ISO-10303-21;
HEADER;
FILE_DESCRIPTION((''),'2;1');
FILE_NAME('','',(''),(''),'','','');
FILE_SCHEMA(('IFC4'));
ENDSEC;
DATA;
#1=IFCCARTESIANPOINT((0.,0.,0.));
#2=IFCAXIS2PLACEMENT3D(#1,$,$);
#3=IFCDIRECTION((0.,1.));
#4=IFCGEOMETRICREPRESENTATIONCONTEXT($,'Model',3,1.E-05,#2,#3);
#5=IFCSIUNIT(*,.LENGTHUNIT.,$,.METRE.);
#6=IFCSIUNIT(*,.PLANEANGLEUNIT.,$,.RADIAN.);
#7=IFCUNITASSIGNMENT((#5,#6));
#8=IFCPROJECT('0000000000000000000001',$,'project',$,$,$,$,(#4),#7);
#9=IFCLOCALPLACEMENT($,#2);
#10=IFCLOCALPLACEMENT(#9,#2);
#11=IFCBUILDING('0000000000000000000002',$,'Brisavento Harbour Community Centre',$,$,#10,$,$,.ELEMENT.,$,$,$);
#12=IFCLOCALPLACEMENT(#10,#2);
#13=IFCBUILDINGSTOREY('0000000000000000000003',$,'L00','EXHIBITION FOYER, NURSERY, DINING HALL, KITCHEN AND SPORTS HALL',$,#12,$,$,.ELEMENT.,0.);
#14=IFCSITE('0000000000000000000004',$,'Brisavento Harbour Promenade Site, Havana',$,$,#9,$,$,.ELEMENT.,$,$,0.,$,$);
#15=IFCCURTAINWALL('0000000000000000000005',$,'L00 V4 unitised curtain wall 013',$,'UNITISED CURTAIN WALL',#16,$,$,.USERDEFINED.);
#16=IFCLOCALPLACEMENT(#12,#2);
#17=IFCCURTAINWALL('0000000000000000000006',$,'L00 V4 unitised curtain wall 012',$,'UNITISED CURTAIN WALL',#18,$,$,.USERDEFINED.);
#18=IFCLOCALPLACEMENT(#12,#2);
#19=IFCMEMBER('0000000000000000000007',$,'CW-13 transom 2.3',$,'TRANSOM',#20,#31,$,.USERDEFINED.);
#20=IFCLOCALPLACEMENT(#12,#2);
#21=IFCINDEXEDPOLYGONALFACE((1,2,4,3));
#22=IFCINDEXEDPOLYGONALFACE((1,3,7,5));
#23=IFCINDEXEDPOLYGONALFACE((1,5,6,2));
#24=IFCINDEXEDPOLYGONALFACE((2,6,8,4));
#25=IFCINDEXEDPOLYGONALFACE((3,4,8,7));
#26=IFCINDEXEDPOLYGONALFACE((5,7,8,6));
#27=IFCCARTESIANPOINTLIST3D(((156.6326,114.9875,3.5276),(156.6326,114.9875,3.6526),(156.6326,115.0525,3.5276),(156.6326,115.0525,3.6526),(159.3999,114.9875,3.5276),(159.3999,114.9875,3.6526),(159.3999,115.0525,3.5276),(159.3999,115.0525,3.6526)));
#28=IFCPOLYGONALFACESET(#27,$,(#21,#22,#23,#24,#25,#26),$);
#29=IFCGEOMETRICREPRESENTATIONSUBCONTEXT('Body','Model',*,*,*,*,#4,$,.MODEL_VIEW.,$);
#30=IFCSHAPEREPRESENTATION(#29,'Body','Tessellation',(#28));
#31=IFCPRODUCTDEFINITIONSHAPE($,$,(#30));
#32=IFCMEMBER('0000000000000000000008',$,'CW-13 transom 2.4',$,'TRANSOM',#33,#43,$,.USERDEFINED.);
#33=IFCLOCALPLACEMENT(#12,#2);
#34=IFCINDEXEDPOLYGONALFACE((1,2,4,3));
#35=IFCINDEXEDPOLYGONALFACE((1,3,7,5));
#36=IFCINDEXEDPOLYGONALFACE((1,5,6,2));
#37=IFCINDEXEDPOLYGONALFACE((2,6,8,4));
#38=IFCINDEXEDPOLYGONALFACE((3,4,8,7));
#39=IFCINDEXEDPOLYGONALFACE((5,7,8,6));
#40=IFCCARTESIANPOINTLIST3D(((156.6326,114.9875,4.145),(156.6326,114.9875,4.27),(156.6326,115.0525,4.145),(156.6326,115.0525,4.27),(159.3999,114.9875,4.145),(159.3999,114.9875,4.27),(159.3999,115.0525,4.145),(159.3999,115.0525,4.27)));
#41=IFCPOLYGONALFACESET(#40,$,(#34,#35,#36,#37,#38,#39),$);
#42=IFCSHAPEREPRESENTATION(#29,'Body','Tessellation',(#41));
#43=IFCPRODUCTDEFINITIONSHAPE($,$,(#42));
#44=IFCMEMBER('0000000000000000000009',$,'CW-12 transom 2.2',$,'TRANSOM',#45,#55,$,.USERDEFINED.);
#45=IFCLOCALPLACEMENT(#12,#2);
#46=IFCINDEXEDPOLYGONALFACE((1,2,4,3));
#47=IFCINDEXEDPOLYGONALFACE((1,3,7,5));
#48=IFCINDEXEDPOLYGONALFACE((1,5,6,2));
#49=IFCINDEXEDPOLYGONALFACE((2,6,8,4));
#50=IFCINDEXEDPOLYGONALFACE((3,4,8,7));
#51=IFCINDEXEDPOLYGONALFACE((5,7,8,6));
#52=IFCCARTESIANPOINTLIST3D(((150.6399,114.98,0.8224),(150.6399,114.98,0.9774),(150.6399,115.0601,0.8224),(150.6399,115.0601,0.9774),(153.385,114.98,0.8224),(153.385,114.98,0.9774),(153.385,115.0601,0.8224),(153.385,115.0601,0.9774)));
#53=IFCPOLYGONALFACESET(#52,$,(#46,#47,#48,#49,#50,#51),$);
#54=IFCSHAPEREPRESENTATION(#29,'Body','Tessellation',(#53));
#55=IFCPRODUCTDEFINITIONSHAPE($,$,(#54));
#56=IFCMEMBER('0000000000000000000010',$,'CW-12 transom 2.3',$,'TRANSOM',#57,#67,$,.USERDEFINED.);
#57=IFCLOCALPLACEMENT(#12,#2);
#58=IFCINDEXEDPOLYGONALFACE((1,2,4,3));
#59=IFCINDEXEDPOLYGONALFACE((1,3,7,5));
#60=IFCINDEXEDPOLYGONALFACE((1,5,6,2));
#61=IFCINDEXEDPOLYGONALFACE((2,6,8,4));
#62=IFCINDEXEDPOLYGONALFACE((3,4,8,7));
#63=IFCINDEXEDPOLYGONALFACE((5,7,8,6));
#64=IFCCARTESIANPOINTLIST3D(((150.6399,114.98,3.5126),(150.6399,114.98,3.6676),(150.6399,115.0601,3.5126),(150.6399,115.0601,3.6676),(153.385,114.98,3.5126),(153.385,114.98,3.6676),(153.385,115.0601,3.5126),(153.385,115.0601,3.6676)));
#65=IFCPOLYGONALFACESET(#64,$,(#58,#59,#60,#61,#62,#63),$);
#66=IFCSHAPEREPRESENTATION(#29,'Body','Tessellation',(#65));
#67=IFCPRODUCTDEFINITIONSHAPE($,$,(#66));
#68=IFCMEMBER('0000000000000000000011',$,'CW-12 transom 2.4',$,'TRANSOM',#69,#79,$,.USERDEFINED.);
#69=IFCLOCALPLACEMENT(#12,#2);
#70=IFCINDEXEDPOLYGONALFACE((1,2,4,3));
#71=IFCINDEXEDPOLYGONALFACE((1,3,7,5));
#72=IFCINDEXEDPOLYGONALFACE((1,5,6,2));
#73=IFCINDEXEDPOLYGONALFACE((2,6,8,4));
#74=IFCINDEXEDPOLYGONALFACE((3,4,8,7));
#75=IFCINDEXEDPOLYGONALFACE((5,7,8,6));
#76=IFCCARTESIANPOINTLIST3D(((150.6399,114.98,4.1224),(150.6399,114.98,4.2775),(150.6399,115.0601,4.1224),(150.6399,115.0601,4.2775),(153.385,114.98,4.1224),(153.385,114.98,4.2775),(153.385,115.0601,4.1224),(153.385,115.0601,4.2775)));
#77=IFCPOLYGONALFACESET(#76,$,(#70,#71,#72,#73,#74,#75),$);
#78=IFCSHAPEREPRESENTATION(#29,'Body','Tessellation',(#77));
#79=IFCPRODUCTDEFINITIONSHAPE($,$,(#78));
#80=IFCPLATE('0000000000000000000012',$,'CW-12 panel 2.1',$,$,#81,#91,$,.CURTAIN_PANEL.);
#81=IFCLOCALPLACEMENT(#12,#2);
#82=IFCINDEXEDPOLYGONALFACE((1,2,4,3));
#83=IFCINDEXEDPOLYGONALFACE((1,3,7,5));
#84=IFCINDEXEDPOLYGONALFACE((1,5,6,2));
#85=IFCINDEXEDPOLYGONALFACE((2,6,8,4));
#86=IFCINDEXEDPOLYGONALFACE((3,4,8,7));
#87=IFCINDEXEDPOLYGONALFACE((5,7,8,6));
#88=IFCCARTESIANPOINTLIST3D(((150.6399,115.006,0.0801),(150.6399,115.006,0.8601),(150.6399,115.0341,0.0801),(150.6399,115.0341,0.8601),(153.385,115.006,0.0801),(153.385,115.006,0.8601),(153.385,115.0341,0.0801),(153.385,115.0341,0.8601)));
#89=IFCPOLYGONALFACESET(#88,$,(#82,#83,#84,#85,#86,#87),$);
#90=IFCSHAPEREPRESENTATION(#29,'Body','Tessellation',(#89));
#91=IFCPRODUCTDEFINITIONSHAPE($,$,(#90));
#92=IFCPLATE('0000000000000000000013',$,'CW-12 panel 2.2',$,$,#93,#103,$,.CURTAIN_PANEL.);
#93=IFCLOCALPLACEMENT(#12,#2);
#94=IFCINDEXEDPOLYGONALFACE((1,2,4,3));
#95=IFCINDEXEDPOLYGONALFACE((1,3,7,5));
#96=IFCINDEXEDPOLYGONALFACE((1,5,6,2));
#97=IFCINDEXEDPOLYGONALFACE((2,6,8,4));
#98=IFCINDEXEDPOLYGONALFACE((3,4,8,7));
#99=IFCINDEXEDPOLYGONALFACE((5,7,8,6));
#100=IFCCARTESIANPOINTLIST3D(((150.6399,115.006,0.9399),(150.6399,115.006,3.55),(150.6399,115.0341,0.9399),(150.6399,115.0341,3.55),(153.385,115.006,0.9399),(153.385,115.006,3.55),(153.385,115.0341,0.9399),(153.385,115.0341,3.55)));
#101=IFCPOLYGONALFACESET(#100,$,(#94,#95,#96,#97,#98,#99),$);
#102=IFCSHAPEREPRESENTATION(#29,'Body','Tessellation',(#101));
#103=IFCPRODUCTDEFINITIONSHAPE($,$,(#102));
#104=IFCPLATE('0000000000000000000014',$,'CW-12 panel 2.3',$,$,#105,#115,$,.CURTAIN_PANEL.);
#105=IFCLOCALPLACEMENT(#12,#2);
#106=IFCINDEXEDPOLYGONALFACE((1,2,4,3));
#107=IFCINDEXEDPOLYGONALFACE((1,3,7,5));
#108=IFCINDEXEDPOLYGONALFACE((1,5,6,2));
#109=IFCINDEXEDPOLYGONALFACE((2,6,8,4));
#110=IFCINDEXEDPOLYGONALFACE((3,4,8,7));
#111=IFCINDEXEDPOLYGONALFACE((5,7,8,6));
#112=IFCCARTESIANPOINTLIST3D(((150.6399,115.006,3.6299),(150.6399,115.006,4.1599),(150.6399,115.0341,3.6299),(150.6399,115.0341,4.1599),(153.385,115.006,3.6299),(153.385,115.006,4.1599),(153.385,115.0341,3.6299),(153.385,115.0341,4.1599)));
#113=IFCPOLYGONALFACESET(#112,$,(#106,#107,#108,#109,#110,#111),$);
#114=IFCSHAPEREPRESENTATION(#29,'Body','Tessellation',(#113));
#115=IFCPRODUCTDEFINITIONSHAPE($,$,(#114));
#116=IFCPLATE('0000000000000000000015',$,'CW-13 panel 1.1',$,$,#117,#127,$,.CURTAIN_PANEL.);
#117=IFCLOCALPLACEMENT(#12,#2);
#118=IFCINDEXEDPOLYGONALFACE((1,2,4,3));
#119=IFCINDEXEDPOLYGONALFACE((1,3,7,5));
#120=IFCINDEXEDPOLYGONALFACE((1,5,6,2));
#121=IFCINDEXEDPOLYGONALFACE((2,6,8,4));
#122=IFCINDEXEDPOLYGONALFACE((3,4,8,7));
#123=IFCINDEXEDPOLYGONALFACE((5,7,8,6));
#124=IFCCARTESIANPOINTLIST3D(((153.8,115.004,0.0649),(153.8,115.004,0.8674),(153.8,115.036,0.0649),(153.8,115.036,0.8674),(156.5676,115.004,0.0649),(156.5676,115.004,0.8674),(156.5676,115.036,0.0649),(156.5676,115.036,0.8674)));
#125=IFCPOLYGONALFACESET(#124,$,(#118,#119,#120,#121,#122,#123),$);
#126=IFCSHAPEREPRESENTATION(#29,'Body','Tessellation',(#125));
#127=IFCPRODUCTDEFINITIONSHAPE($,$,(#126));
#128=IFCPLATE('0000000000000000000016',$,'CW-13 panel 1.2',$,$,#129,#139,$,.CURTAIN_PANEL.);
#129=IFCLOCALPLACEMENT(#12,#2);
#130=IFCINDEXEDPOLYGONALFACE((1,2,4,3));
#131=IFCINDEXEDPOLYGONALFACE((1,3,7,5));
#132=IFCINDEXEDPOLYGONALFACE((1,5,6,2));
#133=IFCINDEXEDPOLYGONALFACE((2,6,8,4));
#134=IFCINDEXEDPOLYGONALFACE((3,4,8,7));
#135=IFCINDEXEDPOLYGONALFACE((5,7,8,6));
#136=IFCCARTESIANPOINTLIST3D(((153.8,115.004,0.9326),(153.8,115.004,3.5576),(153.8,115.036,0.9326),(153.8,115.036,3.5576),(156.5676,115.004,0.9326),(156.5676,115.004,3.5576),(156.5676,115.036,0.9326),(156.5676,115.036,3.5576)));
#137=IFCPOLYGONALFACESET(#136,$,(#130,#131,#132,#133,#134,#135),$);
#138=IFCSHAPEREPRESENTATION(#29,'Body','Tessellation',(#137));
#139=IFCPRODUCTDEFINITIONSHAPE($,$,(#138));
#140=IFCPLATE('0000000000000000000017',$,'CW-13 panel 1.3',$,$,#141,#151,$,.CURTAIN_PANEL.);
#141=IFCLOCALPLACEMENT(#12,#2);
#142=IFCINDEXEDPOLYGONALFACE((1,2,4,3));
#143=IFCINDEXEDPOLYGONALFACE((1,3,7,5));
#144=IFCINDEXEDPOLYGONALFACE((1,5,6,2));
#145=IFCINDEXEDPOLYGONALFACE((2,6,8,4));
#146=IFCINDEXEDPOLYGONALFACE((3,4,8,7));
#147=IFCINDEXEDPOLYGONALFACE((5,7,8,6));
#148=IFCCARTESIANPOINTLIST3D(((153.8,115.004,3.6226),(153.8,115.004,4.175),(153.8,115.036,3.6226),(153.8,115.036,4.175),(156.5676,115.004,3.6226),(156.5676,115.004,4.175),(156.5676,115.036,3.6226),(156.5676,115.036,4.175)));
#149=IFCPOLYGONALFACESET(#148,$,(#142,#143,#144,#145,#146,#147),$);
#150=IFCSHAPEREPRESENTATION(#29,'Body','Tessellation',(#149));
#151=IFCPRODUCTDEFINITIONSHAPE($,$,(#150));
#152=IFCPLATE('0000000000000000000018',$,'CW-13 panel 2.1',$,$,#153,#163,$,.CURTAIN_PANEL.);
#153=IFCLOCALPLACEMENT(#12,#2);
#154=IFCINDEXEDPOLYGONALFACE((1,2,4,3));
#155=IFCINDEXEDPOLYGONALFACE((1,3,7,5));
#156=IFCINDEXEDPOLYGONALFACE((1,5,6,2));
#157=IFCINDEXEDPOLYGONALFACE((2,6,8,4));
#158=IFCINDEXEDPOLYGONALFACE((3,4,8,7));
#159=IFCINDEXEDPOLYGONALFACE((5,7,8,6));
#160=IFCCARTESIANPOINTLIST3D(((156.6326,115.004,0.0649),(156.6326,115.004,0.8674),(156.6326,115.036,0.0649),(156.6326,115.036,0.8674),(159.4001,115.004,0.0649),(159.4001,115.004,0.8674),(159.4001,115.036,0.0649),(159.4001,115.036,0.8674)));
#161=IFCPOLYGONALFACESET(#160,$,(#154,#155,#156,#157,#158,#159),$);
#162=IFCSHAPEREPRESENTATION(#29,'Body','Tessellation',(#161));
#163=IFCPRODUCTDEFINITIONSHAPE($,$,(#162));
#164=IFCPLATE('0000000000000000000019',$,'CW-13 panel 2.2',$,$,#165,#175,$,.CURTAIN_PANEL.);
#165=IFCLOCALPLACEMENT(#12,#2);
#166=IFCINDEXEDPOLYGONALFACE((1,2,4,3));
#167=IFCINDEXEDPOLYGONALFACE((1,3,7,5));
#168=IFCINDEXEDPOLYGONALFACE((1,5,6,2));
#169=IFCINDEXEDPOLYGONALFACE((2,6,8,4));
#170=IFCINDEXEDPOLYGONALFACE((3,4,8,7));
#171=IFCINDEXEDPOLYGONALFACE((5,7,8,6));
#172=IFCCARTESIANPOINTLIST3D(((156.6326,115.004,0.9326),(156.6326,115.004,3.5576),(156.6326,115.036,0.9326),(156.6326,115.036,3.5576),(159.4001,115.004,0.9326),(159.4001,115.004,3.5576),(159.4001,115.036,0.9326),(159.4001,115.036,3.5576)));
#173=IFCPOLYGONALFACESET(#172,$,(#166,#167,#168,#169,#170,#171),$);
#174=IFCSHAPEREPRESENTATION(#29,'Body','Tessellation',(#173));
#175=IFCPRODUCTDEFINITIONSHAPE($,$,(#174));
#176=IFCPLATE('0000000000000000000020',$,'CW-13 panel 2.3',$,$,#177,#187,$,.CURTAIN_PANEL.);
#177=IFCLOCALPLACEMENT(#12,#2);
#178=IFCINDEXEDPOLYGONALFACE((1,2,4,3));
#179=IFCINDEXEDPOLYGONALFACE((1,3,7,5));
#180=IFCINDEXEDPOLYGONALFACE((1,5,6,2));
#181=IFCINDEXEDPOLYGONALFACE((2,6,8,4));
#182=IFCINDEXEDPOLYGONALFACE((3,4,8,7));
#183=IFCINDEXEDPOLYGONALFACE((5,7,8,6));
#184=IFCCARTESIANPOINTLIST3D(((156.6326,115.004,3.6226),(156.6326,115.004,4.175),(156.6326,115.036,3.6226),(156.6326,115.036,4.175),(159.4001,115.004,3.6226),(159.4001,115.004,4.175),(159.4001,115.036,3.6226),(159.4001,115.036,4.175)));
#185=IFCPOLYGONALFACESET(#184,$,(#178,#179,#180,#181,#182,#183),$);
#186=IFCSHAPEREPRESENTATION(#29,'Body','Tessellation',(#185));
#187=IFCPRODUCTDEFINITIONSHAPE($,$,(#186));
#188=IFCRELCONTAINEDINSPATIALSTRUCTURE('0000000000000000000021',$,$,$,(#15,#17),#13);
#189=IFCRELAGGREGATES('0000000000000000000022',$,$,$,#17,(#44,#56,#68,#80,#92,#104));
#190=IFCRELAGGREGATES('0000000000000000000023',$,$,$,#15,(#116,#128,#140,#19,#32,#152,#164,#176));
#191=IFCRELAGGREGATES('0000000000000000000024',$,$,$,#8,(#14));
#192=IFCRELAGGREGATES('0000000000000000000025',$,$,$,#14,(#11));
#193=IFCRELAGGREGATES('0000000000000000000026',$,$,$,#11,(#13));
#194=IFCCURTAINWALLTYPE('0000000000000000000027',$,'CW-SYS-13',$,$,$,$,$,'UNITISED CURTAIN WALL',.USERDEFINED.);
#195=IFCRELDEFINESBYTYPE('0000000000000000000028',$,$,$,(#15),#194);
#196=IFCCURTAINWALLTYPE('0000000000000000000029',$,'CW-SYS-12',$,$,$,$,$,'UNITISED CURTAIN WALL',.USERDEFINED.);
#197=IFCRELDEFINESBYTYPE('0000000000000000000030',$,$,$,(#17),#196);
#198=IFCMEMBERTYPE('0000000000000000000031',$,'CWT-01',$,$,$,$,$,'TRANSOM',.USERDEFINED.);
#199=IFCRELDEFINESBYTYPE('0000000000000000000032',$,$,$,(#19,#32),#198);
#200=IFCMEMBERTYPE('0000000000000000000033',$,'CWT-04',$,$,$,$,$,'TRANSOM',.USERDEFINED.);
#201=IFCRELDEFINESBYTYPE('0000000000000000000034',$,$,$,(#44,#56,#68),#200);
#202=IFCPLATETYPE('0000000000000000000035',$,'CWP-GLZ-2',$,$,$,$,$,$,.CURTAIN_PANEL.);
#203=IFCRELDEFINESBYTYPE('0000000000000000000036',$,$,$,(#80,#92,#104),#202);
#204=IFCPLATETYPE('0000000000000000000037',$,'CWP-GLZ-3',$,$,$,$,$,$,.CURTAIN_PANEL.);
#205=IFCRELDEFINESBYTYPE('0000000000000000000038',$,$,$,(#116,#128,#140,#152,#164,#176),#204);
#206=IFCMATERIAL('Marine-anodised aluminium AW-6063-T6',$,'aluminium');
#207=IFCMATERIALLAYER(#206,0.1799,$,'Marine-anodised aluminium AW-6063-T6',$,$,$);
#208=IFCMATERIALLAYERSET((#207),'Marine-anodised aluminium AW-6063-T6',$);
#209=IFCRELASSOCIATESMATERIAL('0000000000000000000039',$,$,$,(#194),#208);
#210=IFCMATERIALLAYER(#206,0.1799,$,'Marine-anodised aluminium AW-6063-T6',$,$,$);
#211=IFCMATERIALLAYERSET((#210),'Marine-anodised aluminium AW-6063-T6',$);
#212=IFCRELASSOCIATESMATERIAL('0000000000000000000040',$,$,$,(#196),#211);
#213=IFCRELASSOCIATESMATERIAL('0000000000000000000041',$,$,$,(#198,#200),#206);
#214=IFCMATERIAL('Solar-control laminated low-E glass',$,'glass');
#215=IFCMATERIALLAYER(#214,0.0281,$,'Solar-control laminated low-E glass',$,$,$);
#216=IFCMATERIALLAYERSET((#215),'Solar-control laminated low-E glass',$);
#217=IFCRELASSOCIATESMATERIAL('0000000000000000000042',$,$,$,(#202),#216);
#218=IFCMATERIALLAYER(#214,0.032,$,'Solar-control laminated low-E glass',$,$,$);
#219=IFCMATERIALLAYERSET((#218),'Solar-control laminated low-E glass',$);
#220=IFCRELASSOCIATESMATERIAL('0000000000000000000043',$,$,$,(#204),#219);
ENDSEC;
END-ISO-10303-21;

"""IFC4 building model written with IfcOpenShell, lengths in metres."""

from ifc_helpers import new_model, si_unit, direction, frame, origin, origin_2d, place, context, subcontext, project, spatial, rectangle, extrude, material, layer, layer_set, material_profile, profile_set, type_object, element, aggregate, save


model = new_model("IFC4")

# Units and contexts
model_context = context("Model", 3, precision=1e-05, world=origin(), true_north=direction((0.0, 1.0)))
body_context = subcontext(model_context, "Body", "Model", "MODEL_VIEW")
ifc_project = project(units=[si_unit("LENGTHUNIT", "METRE"), si_unit("PLANEANGLEUNIT", "RADIAN")], contexts=[model_context])

# Site, building, storey
site_placement = place(None, origin())
site = spatial("IfcSite", under=ifc_project, at=site_placement, Name="Brisavento Harbour Promenade Site, Havana", CompositionType="ELEMENT", RefElevation=0.0)
building_placement = place(site_placement, origin())
building = spatial("IfcBuilding", under=site, at=building_placement, Name="Brisavento Harbour Community Centre", CompositionType="ELEMENT")
storey_placement = place(building_placement, origin())
storey = spatial("IfcBuildingStorey", under=building, at=storey_placement, Name="L00", Description="EXHIBITION FOYER, NURSERY, DINING HALL, KITCHEN AND SPORTS HALL", CompositionType="ELEMENT", Elevation=0.0)

# Curtain wall
ifc_material_1 = material(Name="Marine-anodised aluminium AW-6063-T6", Category="aluminium")
ifc_layer_1 = layer(ifc_material_1, 0.1799, Name="Marine-anodised aluminium AW-6063-T6")
ifc_layer_set_1 = layer_set([ifc_layer_1], Name="Marine-anodised aluminium AW-6063-T6")
curtain_wall_type_1 = type_object("IfcCurtainWallType", Name="CW-SYS-13", ElementType="UNITISED CURTAIN WALL", PredefinedType="USERDEFINED", material=ifc_layer_set_1)
curtain_wall_1_placement = place(storey_placement, origin())
curtain_wall_1 = element("IfcCurtainWall", 1, at=curtain_wall_1_placement, inside=storey, type_object=curtain_wall_type_1, Name="L00 V4 unitised curtain wall 013", ObjectType="UNITISED CURTAIN WALL", PredefinedType="USERDEFINED")

# Curtain wall
ifc_layer_2 = layer(ifc_material_1, 0.1799, Name="Marine-anodised aluminium AW-6063-T6")
ifc_layer_set_2 = layer_set([ifc_layer_2], Name="Marine-anodised aluminium AW-6063-T6")
curtain_wall_type_2 = type_object("IfcCurtainWallType", Name="CW-SYS-12", ElementType="UNITISED CURTAIN WALL", PredefinedType="USERDEFINED", material=ifc_layer_set_2)
curtain_wall_2_placement = place(storey_placement, origin())
curtain_wall_2 = element("IfcCurtainWall", 2, at=curtain_wall_2_placement, inside=storey, type_object=curtain_wall_type_2, Name="L00 V4 unitised curtain wall 012", ObjectType="UNITISED CURTAIN WALL", PredefinedType="USERDEFINED")

# Members
ifc_material_profile_1 = material_profile(ifc_material_1, rectangle(XDim=0.0649, YDim=0.125, at=origin_2d()), Name="Marine-anodised aluminium AW-6063-T6")
ifc_profile_set_1 = profile_set([ifc_material_profile_1], Name="Marine-anodised aluminium AW-6063-T6")
member_type_1 = type_object("IfcMemberType", Name="CWT-01", ElementType="TRANSOM", PredefinedType="USERDEFINED", material=ifc_profile_set_1)
member_1_placement = place(storey_placement, frame((156.6326, 115.02, 3.5901), z_axis=(1.0, 0.0, 0.0), x_axis=(0.0, 1.0, 0.0)))
member_1 = element("IfcMember", 3, at=member_1_placement, type_object=member_type_1, Name="CW-13 transom 2.3", ObjectType="TRANSOM", PredefinedType="USERDEFINED", context=body_context, shape_type="SweptSolid", body=[
    extrude(rectangle(XDim=0.0649, YDim=0.125, at=origin_2d()), origin(), (0.0, 0.0, 1.0), 2.7673),
])
member_2_placement = place(storey_placement, frame((156.6326, 115.02, 4.2075), z_axis=(1.0, 0.0, 0.0), x_axis=(0.0, 1.0, 0.0)))
member_2 = element("IfcMember", 4, at=member_2_placement, type_object=member_type_1, Name="CW-13 transom 2.4", ObjectType="TRANSOM", PredefinedType="USERDEFINED", context=body_context, shape_type="SweptSolid", body=[
    extrude(rectangle(XDim=0.0649, YDim=0.125, at=origin_2d()), origin(), (0.0, 0.0, 1.0), 2.7673),
])
ifc_material_profile_2 = material_profile(ifc_material_1, rectangle(XDim=0.0801, YDim=0.155, at=origin_2d()), Name="Marine-anodised aluminium AW-6063-T6")
ifc_profile_set_2 = profile_set([ifc_material_profile_2], Name="Marine-anodised aluminium AW-6063-T6")
member_type_2 = type_object("IfcMemberType", Name="CWT-04", ElementType="TRANSOM", PredefinedType="USERDEFINED", material=ifc_profile_set_2)
member_3_placement = place(storey_placement, frame((150.6399, 115.02, 0.8999), z_axis=(1.0, 0.0, 0.0), x_axis=(0.0, 1.0, 0.0)))
member_3 = element("IfcMember", 5, at=member_3_placement, type_object=member_type_2, Name="CW-12 transom 2.2", ObjectType="TRANSOM", PredefinedType="USERDEFINED", context=body_context, shape_type="SweptSolid", body=[
    extrude(rectangle(XDim=0.0801, YDim=0.155, at=origin_2d()), origin(), (0.0, 0.0, 1.0), 2.7451),
])
member_4_placement = place(storey_placement, frame((150.6399, 115.02, 3.5901), z_axis=(1.0, 0.0, 0.0), x_axis=(0.0, 1.0, 0.0)))
member_4 = element("IfcMember", 6, at=member_4_placement, type_object=member_type_2, Name="CW-12 transom 2.3", ObjectType="TRANSOM", PredefinedType="USERDEFINED", context=body_context, shape_type="SweptSolid", body=[
    extrude(rectangle(XDim=0.0801, YDim=0.155, at=origin_2d()), origin(), (0.0, 0.0, 1.0), 2.7451),
])
member_5_placement = place(storey_placement, frame((150.6399, 115.02, 4.2), z_axis=(1.0, 0.0, 0.0), x_axis=(0.0, 1.0, 0.0)))
member_5 = element("IfcMember", 7, at=member_5_placement, type_object=member_type_2, Name="CW-12 transom 2.4", ObjectType="TRANSOM", PredefinedType="USERDEFINED", context=body_context, shape_type="SweptSolid", body=[
    extrude(rectangle(XDim=0.0801, YDim=0.155, at=origin_2d()), origin(), (0.0, 0.0, 1.0), 2.7451),
])

# Plates
ifc_material_2 = material(Name="Solar-control laminated low-E glass", Category="glass")
ifc_layer_3 = layer(ifc_material_2, 0.0281, Name="Solar-control laminated low-E glass")
ifc_layer_set_3 = layer_set([ifc_layer_3], Name="Solar-control laminated low-E glass")
plate_type_1 = type_object("IfcPlateType", Name="CWP-GLZ-2", PredefinedType="CURTAIN_PANEL", material=ifc_layer_set_3)
plate_1_placement = place(storey_placement, frame((152.0125, 115.02, 0.0801), z_axis=(0.0, 0.0, 1.0), x_axis=(1.0, 0.0, 0.0)))
plate_1 = element("IfcPlate", 8, at=plate_1_placement, type_object=plate_type_1, Name="CW-12 panel 2.1", PredefinedType="CURTAIN_PANEL", context=body_context, shape_type="SweptSolid", body=[
    extrude(rectangle(XDim=2.7451, YDim=0.0281, at=origin_2d()), origin(), (0.0, 0.0, 1.0), 0.78),
])
plate_2_placement = place(storey_placement, frame((152.0125, 115.02, 0.9399), z_axis=(0.0, 0.0, 1.0), x_axis=(1.0, 0.0, 0.0)))
plate_2 = element("IfcPlate", 9, at=plate_2_placement, type_object=plate_type_1, Name="CW-12 panel 2.2", PredefinedType="CURTAIN_PANEL", context=body_context, shape_type="SweptSolid", body=[
    extrude(rectangle(XDim=2.7451, YDim=0.0281, at=origin_2d()), origin(), (0.0, 0.0, 1.0), 2.6101),
])
plate_3_placement = place(storey_placement, frame((152.0125, 115.02, 3.6299), z_axis=(0.0, 0.0, 1.0), x_axis=(1.0, 0.0, 0.0)))
plate_3 = element("IfcPlate", 10, at=plate_3_placement, type_object=plate_type_1, Name="CW-12 panel 2.3", PredefinedType="CURTAIN_PANEL", context=body_context, shape_type="SweptSolid", body=[
    extrude(rectangle(XDim=2.7451, YDim=0.0281, at=origin_2d()), origin(), (0.0, 0.0, 1.0), 0.53),
])
aggregate(curtain_wall_2, [member_3, member_4, member_5, plate_1, plate_2, plate_3])
ifc_layer_4 = layer(ifc_material_2, 0.032, Name="Solar-control laminated low-E glass")
ifc_layer_set_4 = layer_set([ifc_layer_4], Name="Solar-control laminated low-E glass")
plate_type_2 = type_object("IfcPlateType", Name="CWP-GLZ-3", PredefinedType="CURTAIN_PANEL", material=ifc_layer_set_4)
plate_4_placement = place(storey_placement, frame((155.1838, 115.02, 0.0649), z_axis=(0.0, 0.0, 1.0), x_axis=(1.0, 0.0, 0.0)))
plate_4 = element("IfcPlate", 11, at=plate_4_placement, type_object=plate_type_2, Name="CW-13 panel 1.1", PredefinedType="CURTAIN_PANEL", context=body_context, shape_type="SweptSolid", body=[
    extrude(rectangle(XDim=2.7676, YDim=0.032, at=origin_2d()), origin(), (0.0, 0.0, 1.0), 0.8025),
])
plate_5_placement = place(storey_placement, frame((155.1838, 115.02, 0.9326), z_axis=(0.0, 0.0, 1.0), x_axis=(1.0, 0.0, 0.0)))
plate_5 = element("IfcPlate", 12, at=plate_5_placement, type_object=plate_type_2, Name="CW-13 panel 1.2", PredefinedType="CURTAIN_PANEL", context=body_context, shape_type="SweptSolid", body=[
    extrude(rectangle(XDim=2.7676, YDim=0.032, at=origin_2d()), origin(), (0.0, 0.0, 1.0), 2.625),
])
plate_6_placement = place(storey_placement, frame((155.1838, 115.02, 3.6226), z_axis=(0.0, 0.0, 1.0), x_axis=(1.0, 0.0, 0.0)))
plate_6 = element("IfcPlate", 13, at=plate_6_placement, type_object=plate_type_2, Name="CW-13 panel 1.3", PredefinedType="CURTAIN_PANEL", context=body_context, shape_type="SweptSolid", body=[
    extrude(rectangle(XDim=2.7676, YDim=0.032, at=origin_2d()), origin(), (0.0, 0.0, 1.0), 0.5525),
])
plate_7_placement = place(storey_placement, frame((158.0164, 115.02, 0.0649), z_axis=(0.0, 0.0, 1.0), x_axis=(1.0, 0.0, 0.0)))
plate_7 = element("IfcPlate", 14, at=plate_7_placement, type_object=plate_type_2, Name="CW-13 panel 2.1", PredefinedType="CURTAIN_PANEL", context=body_context, shape_type="SweptSolid", body=[
    extrude(rectangle(XDim=2.7676, YDim=0.032, at=origin_2d()), origin(), (0.0, 0.0, 1.0), 0.8025),
])
plate_8_placement = place(storey_placement, frame((158.0164, 115.02, 0.9326), z_axis=(0.0, 0.0, 1.0), x_axis=(1.0, 0.0, 0.0)))
plate_8 = element("IfcPlate", 15, at=plate_8_placement, type_object=plate_type_2, Name="CW-13 panel 2.2", PredefinedType="CURTAIN_PANEL", context=body_context, shape_type="SweptSolid", body=[
    extrude(rectangle(XDim=2.7676, YDim=0.032, at=origin_2d()), origin(), (0.0, 0.0, 1.0), 2.625),
])
plate_9_placement = place(storey_placement, frame((158.0164, 115.02, 3.6226), z_axis=(0.0, 0.0, 1.0), x_axis=(1.0, 0.0, 0.0)))
plate_9 = element("IfcPlate", 16, at=plate_9_placement, type_object=plate_type_2, Name="CW-13 panel 2.3", PredefinedType="CURTAIN_PANEL", context=body_context, shape_type="SweptSolid", body=[
    extrude(rectangle(XDim=2.7676, YDim=0.032, at=origin_2d()), origin(), (0.0, 0.0, 1.0), 0.5525),
])
aggregate(curtain_wall_1, [plate_4, plate_5, plate_6, member_1, member_2, plate_7, plate_8, plate_9])

save(model, "model.ifc")
